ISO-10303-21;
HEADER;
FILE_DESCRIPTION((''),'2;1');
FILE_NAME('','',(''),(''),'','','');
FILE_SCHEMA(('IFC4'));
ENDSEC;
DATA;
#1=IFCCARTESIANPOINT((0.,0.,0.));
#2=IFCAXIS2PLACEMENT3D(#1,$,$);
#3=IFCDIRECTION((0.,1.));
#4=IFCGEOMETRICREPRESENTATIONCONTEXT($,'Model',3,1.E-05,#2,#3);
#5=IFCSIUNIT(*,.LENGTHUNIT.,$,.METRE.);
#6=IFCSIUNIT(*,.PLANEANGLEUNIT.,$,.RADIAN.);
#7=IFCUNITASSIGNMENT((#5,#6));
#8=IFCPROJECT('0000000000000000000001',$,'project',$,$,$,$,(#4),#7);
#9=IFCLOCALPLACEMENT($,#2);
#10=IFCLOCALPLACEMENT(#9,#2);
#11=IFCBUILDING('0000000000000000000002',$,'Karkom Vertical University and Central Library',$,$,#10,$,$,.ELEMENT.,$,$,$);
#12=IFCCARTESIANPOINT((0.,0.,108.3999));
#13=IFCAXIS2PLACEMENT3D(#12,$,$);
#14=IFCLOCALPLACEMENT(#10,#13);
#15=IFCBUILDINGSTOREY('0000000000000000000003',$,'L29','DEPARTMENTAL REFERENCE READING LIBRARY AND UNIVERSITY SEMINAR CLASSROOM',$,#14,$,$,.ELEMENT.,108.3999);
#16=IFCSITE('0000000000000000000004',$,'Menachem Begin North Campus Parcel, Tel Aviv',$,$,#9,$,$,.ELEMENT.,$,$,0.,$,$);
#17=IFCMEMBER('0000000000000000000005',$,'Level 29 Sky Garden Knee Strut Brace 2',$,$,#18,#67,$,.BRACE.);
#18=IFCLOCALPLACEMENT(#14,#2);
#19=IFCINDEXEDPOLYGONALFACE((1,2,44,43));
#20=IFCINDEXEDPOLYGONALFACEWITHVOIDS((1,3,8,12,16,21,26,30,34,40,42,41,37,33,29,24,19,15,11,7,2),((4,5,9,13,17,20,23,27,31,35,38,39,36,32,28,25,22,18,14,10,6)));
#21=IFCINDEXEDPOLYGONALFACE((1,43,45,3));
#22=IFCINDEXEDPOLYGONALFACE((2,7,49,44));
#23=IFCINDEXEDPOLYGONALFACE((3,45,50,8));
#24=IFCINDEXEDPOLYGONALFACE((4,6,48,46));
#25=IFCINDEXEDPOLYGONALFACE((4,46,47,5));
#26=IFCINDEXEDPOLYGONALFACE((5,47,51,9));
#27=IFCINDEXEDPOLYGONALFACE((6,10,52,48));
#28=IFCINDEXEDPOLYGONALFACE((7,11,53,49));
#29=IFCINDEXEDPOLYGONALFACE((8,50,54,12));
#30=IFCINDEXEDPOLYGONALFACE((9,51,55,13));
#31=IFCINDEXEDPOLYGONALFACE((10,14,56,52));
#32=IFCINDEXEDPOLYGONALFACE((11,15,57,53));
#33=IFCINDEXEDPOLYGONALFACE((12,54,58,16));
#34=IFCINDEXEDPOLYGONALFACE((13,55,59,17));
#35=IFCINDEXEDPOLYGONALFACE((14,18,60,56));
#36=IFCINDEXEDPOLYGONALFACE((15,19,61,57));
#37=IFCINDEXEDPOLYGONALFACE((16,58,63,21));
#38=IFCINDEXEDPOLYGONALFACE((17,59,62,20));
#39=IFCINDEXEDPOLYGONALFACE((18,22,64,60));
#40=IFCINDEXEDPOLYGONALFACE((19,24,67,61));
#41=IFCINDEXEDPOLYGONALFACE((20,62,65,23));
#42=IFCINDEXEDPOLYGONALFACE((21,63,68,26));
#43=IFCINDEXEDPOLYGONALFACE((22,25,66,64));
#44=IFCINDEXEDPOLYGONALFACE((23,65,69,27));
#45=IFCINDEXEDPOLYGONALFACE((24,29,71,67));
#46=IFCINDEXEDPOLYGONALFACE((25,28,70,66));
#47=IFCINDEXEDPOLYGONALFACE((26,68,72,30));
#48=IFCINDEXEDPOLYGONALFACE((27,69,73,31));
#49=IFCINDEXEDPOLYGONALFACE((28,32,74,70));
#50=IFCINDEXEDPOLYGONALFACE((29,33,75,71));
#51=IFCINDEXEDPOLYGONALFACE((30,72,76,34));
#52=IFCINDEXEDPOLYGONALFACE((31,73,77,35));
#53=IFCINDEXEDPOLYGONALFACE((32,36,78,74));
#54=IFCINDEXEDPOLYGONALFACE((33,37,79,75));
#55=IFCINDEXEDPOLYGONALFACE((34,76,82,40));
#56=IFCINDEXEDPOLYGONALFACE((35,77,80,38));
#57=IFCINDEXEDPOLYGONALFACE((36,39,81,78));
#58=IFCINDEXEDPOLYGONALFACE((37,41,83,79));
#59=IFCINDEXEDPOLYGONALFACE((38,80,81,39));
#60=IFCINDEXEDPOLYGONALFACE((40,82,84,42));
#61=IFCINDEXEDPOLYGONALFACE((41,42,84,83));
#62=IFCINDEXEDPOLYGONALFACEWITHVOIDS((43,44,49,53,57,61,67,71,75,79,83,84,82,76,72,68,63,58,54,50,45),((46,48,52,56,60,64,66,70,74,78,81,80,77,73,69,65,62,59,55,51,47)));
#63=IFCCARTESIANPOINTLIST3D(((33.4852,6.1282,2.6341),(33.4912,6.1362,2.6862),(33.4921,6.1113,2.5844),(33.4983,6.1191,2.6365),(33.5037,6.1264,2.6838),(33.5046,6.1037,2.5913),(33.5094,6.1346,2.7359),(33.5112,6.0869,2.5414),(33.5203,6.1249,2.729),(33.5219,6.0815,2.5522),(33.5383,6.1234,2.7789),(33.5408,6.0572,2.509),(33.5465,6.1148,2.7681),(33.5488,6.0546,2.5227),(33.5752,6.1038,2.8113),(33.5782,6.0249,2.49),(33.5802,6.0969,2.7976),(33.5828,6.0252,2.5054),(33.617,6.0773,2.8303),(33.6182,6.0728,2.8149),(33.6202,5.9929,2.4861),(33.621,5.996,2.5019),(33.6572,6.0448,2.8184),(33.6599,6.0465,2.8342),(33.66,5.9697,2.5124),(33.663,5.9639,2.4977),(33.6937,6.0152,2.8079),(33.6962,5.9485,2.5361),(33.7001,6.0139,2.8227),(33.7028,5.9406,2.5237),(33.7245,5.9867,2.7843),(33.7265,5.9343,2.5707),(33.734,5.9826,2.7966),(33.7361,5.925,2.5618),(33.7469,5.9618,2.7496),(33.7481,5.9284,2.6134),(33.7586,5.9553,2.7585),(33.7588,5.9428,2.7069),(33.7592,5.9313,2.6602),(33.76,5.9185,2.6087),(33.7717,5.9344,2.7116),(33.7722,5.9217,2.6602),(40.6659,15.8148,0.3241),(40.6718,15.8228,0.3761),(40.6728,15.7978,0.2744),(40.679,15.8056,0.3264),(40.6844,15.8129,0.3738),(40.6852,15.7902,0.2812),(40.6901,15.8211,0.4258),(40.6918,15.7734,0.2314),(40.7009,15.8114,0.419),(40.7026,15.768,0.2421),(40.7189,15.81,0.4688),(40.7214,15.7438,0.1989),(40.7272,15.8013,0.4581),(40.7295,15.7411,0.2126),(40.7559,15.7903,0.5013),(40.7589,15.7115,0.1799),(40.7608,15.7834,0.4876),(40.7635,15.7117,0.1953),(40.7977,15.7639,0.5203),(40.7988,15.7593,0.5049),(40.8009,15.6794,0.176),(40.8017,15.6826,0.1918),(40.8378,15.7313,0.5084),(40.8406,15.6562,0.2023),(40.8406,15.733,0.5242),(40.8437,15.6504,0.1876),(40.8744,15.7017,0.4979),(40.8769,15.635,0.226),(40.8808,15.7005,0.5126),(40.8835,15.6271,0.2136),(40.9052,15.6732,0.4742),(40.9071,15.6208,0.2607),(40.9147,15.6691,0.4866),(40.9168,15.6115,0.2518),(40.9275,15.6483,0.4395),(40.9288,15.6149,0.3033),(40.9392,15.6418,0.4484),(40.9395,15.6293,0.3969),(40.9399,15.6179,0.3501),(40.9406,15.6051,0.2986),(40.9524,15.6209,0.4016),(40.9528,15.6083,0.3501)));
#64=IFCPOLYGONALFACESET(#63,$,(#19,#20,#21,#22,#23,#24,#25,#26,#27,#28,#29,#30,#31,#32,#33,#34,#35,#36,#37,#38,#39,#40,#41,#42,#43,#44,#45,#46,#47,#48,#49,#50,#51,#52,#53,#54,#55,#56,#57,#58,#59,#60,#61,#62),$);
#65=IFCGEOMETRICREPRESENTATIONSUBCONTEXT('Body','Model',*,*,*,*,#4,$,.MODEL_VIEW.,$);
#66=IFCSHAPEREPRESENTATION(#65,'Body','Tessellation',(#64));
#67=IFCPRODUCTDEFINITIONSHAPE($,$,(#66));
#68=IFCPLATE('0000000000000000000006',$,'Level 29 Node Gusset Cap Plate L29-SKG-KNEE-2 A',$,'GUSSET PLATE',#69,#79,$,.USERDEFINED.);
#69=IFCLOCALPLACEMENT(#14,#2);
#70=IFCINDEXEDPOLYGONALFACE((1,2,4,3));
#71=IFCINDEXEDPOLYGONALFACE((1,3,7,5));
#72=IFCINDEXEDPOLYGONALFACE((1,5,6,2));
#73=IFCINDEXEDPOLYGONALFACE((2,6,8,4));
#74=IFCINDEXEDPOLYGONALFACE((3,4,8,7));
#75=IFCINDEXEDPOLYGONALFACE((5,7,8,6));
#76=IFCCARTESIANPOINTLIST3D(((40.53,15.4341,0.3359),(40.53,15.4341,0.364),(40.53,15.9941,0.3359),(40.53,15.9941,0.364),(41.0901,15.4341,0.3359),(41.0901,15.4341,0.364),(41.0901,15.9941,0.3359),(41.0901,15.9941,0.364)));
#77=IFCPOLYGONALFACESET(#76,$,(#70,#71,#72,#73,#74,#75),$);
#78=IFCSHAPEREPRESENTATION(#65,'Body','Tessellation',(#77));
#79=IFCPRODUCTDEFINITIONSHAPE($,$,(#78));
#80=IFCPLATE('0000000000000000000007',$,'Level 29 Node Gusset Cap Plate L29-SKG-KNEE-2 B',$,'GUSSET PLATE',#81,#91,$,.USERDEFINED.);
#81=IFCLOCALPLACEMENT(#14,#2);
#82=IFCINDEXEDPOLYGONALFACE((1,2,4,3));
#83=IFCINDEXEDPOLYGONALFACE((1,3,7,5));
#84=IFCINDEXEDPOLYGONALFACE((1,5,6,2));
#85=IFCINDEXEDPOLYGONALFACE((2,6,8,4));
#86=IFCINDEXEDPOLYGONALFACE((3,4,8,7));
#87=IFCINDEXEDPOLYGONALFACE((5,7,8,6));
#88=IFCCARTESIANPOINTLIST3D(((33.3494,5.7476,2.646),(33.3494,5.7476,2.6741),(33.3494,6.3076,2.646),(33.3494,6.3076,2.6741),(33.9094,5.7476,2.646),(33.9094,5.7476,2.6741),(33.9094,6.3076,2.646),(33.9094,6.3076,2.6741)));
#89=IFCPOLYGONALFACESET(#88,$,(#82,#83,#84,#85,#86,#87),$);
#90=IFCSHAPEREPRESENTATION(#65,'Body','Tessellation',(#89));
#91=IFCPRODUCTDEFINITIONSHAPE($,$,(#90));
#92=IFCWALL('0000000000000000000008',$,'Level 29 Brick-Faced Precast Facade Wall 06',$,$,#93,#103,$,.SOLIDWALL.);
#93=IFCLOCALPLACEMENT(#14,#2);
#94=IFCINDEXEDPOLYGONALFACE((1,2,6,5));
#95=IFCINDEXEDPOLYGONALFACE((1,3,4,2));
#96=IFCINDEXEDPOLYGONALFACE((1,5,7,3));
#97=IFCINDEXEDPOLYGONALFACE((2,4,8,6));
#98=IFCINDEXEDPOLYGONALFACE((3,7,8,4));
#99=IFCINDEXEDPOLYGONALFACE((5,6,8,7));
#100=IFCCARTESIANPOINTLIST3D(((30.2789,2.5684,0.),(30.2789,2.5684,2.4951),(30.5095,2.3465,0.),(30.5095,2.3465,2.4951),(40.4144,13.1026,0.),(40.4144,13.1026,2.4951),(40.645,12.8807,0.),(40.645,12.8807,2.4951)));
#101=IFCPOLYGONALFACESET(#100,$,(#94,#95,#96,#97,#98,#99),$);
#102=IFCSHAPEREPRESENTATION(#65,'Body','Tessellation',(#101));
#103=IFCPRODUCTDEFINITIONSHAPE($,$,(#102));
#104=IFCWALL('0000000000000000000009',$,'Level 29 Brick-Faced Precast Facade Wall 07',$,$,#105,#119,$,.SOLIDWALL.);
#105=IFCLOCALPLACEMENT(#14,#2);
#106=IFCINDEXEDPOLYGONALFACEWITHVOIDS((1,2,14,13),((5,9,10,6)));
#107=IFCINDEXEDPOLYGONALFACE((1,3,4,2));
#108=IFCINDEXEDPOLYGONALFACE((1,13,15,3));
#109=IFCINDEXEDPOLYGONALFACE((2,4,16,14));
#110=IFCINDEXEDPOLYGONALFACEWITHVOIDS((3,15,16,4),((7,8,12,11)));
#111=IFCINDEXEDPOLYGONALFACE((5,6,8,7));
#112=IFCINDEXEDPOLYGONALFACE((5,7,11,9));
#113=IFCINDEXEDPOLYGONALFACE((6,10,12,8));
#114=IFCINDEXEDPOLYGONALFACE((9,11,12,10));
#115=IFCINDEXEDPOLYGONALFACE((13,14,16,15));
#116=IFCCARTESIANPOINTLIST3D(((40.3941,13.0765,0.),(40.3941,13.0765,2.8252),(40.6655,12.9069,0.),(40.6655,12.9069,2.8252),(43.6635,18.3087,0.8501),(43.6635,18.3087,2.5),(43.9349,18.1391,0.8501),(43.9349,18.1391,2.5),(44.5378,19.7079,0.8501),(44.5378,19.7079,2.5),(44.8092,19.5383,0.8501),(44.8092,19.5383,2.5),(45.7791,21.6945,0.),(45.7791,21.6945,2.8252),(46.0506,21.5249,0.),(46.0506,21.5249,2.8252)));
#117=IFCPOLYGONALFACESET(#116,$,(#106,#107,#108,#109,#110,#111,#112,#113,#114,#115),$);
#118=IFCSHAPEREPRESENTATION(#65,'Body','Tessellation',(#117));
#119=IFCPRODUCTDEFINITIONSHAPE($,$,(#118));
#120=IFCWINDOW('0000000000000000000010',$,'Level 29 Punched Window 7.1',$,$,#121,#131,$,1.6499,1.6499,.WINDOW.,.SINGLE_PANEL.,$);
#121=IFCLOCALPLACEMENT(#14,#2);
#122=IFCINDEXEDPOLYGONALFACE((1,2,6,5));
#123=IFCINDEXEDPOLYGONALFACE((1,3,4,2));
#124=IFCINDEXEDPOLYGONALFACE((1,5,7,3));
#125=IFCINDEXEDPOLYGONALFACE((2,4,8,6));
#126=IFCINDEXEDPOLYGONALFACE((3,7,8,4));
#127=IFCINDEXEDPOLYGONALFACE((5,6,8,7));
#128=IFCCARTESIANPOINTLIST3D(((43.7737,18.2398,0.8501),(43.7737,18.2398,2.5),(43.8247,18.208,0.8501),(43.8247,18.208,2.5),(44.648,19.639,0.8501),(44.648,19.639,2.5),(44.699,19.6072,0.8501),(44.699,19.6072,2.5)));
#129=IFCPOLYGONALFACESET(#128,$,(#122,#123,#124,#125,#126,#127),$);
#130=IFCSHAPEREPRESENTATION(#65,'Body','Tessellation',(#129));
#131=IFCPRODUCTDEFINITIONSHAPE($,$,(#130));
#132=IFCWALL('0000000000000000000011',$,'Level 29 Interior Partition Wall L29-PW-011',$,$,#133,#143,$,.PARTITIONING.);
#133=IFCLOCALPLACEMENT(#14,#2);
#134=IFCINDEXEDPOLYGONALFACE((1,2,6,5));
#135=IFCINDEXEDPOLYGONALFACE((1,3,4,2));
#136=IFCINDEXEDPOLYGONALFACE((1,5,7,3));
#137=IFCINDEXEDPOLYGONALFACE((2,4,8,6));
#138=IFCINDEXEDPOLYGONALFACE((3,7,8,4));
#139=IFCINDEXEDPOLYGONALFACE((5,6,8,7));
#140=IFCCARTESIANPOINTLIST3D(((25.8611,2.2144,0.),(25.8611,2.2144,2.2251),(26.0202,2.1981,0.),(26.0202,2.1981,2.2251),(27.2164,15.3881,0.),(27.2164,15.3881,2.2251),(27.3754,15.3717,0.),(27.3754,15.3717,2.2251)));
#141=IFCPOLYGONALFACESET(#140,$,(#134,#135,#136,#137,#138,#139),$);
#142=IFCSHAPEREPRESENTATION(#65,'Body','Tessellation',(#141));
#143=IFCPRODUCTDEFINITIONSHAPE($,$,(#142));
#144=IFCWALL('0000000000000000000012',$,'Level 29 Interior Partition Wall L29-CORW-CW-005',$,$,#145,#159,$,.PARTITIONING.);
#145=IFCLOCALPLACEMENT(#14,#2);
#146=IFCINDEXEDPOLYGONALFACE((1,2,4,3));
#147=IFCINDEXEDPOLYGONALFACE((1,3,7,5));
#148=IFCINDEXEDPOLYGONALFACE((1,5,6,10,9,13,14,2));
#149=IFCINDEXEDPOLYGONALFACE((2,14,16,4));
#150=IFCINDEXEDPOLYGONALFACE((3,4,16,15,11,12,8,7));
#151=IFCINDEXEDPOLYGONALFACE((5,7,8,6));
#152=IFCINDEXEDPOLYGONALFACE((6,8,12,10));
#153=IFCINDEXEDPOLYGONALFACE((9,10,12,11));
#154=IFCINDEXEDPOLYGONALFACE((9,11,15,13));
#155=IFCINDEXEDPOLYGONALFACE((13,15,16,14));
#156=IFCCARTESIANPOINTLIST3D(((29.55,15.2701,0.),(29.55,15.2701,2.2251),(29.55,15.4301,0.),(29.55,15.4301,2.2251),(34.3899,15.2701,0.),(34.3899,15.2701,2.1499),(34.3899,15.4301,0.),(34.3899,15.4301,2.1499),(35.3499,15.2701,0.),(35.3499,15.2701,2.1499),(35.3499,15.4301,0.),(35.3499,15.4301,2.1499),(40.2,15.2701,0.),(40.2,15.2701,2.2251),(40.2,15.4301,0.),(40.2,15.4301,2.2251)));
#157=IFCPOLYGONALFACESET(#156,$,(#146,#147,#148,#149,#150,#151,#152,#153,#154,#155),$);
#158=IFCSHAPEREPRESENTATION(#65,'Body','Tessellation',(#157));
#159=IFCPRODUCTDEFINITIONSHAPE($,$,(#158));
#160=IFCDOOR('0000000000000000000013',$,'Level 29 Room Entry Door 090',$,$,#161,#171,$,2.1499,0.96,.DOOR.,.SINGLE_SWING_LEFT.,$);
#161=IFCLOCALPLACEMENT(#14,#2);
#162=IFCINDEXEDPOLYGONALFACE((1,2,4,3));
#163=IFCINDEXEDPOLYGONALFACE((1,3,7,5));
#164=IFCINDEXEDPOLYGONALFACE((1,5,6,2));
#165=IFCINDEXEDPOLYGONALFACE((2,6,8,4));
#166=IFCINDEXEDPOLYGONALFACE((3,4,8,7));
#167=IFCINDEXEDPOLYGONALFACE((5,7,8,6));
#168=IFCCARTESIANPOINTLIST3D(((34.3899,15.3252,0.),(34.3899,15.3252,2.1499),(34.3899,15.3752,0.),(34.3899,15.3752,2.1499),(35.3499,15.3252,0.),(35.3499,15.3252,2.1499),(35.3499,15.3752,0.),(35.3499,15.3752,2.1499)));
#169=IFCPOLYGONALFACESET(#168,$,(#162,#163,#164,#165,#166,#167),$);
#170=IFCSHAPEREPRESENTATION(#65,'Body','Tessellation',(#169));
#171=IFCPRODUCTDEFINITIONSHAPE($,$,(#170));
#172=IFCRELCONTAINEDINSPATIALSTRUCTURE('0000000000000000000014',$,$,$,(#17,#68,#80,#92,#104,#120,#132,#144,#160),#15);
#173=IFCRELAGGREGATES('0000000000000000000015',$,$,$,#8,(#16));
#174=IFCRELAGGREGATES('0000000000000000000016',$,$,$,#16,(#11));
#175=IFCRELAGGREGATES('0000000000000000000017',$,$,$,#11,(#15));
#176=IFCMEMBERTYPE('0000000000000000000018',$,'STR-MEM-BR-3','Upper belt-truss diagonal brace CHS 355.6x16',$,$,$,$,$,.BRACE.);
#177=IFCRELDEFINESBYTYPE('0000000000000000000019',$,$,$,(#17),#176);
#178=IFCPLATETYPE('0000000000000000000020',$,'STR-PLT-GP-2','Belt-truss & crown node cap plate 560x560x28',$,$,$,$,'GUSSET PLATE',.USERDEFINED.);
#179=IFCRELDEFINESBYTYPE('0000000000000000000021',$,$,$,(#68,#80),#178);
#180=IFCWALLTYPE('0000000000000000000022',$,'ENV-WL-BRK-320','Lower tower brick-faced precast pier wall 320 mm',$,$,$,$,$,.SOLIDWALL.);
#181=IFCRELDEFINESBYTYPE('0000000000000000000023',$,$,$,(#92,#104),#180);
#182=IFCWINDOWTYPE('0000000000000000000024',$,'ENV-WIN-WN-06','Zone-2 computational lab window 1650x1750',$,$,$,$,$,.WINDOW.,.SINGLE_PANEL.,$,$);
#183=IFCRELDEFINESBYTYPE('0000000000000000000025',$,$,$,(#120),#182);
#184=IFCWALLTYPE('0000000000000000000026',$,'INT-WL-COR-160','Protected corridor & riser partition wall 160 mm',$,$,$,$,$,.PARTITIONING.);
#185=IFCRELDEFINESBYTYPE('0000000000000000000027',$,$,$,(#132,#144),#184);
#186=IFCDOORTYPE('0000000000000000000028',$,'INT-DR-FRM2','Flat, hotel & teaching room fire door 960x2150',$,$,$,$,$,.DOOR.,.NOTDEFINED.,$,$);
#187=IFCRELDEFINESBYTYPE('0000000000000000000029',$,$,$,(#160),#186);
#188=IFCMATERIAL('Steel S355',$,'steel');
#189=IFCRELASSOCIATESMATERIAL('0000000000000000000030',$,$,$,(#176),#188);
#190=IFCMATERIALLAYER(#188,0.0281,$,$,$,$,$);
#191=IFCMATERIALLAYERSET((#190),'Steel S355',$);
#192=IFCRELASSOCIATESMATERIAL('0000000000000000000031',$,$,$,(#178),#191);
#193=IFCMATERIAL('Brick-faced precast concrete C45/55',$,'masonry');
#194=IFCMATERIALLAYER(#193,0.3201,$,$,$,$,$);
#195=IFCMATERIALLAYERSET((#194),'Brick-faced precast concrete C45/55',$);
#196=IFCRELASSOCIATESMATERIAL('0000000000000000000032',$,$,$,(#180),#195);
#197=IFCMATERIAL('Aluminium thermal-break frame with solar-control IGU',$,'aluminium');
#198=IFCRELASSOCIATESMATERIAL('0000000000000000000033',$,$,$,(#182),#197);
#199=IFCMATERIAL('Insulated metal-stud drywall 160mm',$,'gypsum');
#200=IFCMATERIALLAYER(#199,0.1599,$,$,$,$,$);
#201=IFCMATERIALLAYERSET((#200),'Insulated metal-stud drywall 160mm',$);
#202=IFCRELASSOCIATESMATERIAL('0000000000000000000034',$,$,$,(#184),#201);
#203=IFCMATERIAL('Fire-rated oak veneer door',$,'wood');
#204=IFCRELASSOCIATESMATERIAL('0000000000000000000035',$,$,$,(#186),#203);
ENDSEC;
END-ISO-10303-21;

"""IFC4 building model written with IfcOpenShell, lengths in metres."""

from ifc_helpers import new_model, si_unit, direction, frame, frame_2d, origin, origin_with_axes, origin_2d, place, context, subcontext, project, spatial, rectangle, hollow_circle, extrude, source, transform, mapped, material, layer, layer_set, material_profile, profile_set, type_object, element, fill, save


model = new_model("IFC4")

# Units and contexts
model_context = context("Model", 3, precision=1e-05, world=origin(), true_north=direction((0.0, 1.0)))
body_context = subcontext(model_context, "Body", "Model", "MODEL_VIEW")
ifc_project = project(units=[si_unit("LENGTHUNIT", "METRE"), si_unit("PLANEANGLEUNIT", "RADIAN")], contexts=[model_context])

# Site, building, storey
site_placement = place(None, origin())
site = spatial("IfcSite", under=ifc_project, at=site_placement, Name="Menachem Begin North Campus Parcel, Tel Aviv", CompositionType="ELEMENT", RefElevation=0.0)
building_placement = place(site_placement, origin())
building = spatial("IfcBuilding", under=site, at=building_placement, Name="Karkom Vertical University and Central Library", CompositionType="ELEMENT")
storey_placement = place(building_placement, frame((0.0, 0.0, 108.3999)))
storey = spatial("IfcBuildingStorey", under=building, at=storey_placement, Name="L29", Description="DEPARTMENTAL REFERENCE READING LIBRARY AND UNIVERSITY SEMINAR CLASSROOM", CompositionType="ELEMENT", Elevation=108.3999)

# Shared definitions
ifc_material_1 = material(Name="Steel S355", Category="steel")

# Member
ifc_material_profile_1 = material_profile(ifc_material_1, hollow_circle(Radius=0.1777, WallThickness=0.0161, at=origin_2d()), Name="CHS 355.6x16")
ifc_profile_set_1 = profile_set([ifc_material_profile_1], Name="Steel S355")
member_type = type_object("IfcMemberType", Name="STR-MEM-BR-3", Description="Upper belt-truss diagonal brace CHS 355.6x16", PredefinedType="BRACE", material=ifc_profile_set_1)
shared_shape_1 = source(origin_with_axes(), body_context, "Body", "SweptSolid", [
    extrude(hollow_circle(Radius=0.1777, WallThickness=0.0161, at=origin_2d()), origin(), (0.0, 0.0, 1.0), 12.2771),
])
member_placement = place(storey_placement, frame((40.8101, 15.7141, 0.3501), z_axis=(-0.584883, -0.788992, 0.18816), x_axis=(0.80334, -0.59552, 0.0)))
element("IfcMember", 1, at=member_placement, inside=storey, type_object=member_type, Name="Level 29 Sky Garden Knee Strut Brace 2", PredefinedType="BRACE", context=body_context, shape_type="MappedRepresentation", body=[
    mapped(shared_shape_1, transform((0.0, 0.0, 0.0), scale=1.0)),
])

# Plates
ifc_layer_1 = layer(ifc_material_1, 0.0281)
ifc_layer_set_1 = layer_set([ifc_layer_1], Name="Steel S355")
plate_type = type_object("IfcPlateType", Name="STR-PLT-GP-2", Description="Belt-truss & crown node cap plate 560x560x28", ElementType="GUSSET PLATE", PredefinedType="USERDEFINED", material=ifc_layer_set_1)
shared_shape_2 = source(origin_with_axes(), body_context, "Body", "SweptSolid", [
    extrude(rectangle(XDim=0.5601, YDim=0.5601, at=origin_2d()), origin(), (0.0, 0.0, 1.0), 0.0281),
])
for number, where, z_axis, x_axis, name in (
    (2, (40.8101, 15.7141, 0.3359), (0.0, 0.0, 1.0), (1.0, 0.0, 0.0), "Level 29 Node Gusset Cap Plate L29-SKG-KNEE-2 A"),
    (3, (33.6294, 6.0276, 2.646), (0.0, 0.0, 1.0), (1.0, 0.0, 0.0), "Level 29 Node Gusset Cap Plate L29-SKG-KNEE-2 B"),
):
    element("IfcPlate", number, at=place(storey_placement, frame(where, z_axis=z_axis, x_axis=x_axis)), inside=storey, type_object=plate_type, Name=name, ObjectType="GUSSET PLATE", PredefinedType="USERDEFINED", context=body_context, shape_type="MappedRepresentation", body=[
        mapped(shared_shape_2, transform((0.0, 0.0, 0.0), scale=1.0)),
    ])

# Wall
ifc_material_2 = material(Name="Brick-faced precast concrete C45/55", Category="masonry")
ifc_layer_2 = layer(ifc_material_2, 0.3201)
ifc_layer_set_2 = layer_set([ifc_layer_2], Name="Brick-faced precast concrete C45/55")
wall_type_1 = type_object("IfcWallType", Name="ENV-WL-BRK-320", Description="Lower tower brick-faced precast pier wall 320 mm", PredefinedType="SOLIDWALL", material=ifc_layer_set_2)
wall_1_placement = place(storey_placement, frame((30.3943, 2.4575, 0.0), z_axis=(0.0, 0.0, 1.0), x_axis=(0.693339, 0.720612, 0.0)))
element("IfcWall", 4, at=wall_1_placement, inside=storey, type_object=wall_type_1, Name="Level 29 Brick-Faced Precast Facade Wall 06", PredefinedType="SOLIDWALL", context=body_context, shape_type="SweptSolid", body=[
    extrude(rectangle(XDim=14.6184, YDim=0.3201, at=frame_2d((7.3091, 0.0))), origin(), (0.0, 0.0, 1.0), 2.4951),
])

# Wall, opening, window
wall_2_placement = place(storey_placement, frame((40.5298, 12.9917, 0.0), z_axis=(0.0, 0.0, 1.0), x_axis=(0.529915, 0.848051, 0.0)))
wall_2 = element("IfcWall", 5, at=wall_2_placement, inside=storey, type_object=wall_type_1, Name="Level 29 Brick-Faced Precast Facade Wall 07", PredefinedType="SOLIDWALL", context=body_context, shape_type="SweptSolid", body=[
    extrude(rectangle(XDim=10.1621, YDim=0.3201, at=frame_2d((5.0811, 0.0))), origin(), (0.0, 0.0, 1.0), 2.8252),
])
opening_1_placement = place(wall_2_placement, frame((6.1697, 0.0, 0.8501)))
opening_1 = element("IfcOpeningElement", 6, at=opening_1_placement, cuts=wall_2, PredefinedType="OPENING", context=body_context, shape_type="SweptSolid", body=[
    extrude(rectangle(XDim=1.6499, YDim=1.6499, at=frame_2d((0.825, 0.825))), frame((0.0, 0.1699, 0.0), z_axis=(0.0, -1.0, 0.0), x_axis=(1.0, 0.0, 0.0)), (0.0, 0.0, 1.0), 0.3401),
])
ifc_material_3 = material(Name="Aluminium thermal-break frame with solar-control IGU", Category="aluminium")
window_type = type_object("IfcWindowType", Name="ENV-WIN-WN-06", Description="Zone-2 computational lab window 1650x1750", PartitioningType="SINGLE_PANEL", PredefinedType="WINDOW", material=ifc_material_3)
shared_shape_3 = source(origin_with_axes(), body_context, "Body", "SweptSolid", [
    extrude(rectangle(XDim=1.6499, YDim=1.6499, at=frame_2d((0.825, 0.825))), frame((0.0, 0.03, 0.0), z_axis=(0.0, -1.0, 0.0), x_axis=(1.0, 0.0, 0.0)), (0.0, 0.0, 1.0), 0.0601),
])
window_placement = place(opening_1_placement, origin())
window = element("IfcWindow", 7, at=window_placement, inside=storey, type_object=window_type, Name="Level 29 Punched Window 7.1", OverallHeight=1.6499, OverallWidth=1.6499, PartitioningType="SINGLE_PANEL", PredefinedType="WINDOW", context=body_context, shape_type="MappedRepresentation", body=[
    mapped(shared_shape_3, transform((0.0, 0.0, 0.0), scale=1.0)),
])
fill(opening_1, window)

# Wall
ifc_material_4 = material(Name="Insulated metal-stud drywall 160mm", Category="gypsum")
ifc_layer_3 = layer(ifc_material_4, 0.1599)
ifc_layer_set_3 = layer_set([ifc_layer_3], Name="Insulated metal-stud drywall 160mm")
wall_type_2 = type_object("IfcWallType", Name="INT-WL-COR-160", Description="Protected corridor & riser partition wall 160 mm", PredefinedType="PARTITIONING", material=ifc_layer_set_3)
wall_3_placement = place(storey_placement, frame((27.2959, 15.3799, 0.0), z_axis=(0.0, 0.0, 1.0), x_axis=(-0.102334, -0.99475, 0.0)))
element("IfcWall", 8, at=wall_3_placement, inside=storey, type_object=wall_type_2, Name="Level 29 Interior Partition Wall L29-PW-011", PredefinedType="PARTITIONING", context=body_context, shape_type="SweptSolid", body=[
    extrude(rectangle(XDim=13.2432, YDim=0.1599, at=frame_2d((6.6216, 0.0))), origin(), (0.0, 0.0, 1.0), 2.2251),
])

# Shared definitions
ifc_material_5 = material(Name="Fire-rated oak veneer door", Category="wood")
door_type_1 = type_object("IfcDoorType", Name="INT-DR-FRM2", Description="Flat, hotel & teaching room fire door 960x2150", OperationType="NOTDEFINED", PredefinedType="DOOR", material=ifc_material_5)
shared_shape_4 = source(origin_with_axes(), body_context, "Body", "SweptSolid", [
    extrude(rectangle(XDim=0.96, YDim=2.1499, at=frame_2d((0.48, 1.075))), frame((0.0, 0.0249, 0.0), z_axis=(0.0, -1.0, 0.0), x_axis=(1.0, 0.0, 0.0)), (0.0, 0.0, 1.0), 0.05),
])

# Wall, opening, door
wall_4_placement = place(storey_placement, frame((40.2, 15.3501, 0.0), z_axis=(0.0, 0.0, 1.0), x_axis=(-1.0, 0.0, 0.0)))
wall_4 = element("IfcWall", 9, at=wall_4_placement, inside=storey, type_object=wall_type_2, Name="Level 29 Interior Partition Wall L29-CORW-CW-005", PredefinedType="PARTITIONING", context=body_context, shape_type="SweptSolid", body=[
    extrude(rectangle(XDim=10.6499, YDim=0.1599, at=frame_2d((5.325, 0.0))), origin(), (0.0, 0.0, 1.0), 2.2251),
])
opening_2_placement = place(wall_4_placement, frame((4.8501, 0.0, 0.0)))
opening_2 = element("IfcOpeningElement", 10, at=opening_2_placement, cuts=wall_4, PredefinedType="OPENING", context=body_context, shape_type="SweptSolid", body=[
    extrude(rectangle(XDim=0.96, YDim=2.1499, at=frame_2d((0.48, 1.075))), frame((0.0, 0.0898, 0.0), z_axis=(0.0, -1.0, 0.0), x_axis=(1.0, 0.0, 0.0)), (0.0, 0.0, 1.0), 0.1799),
])
door_1_placement = place(opening_2_placement, origin())
door_1 = element("IfcDoor", 11, at=door_1_placement, inside=storey, type_object=door_type_1, Name="Level 29 Room Entry Door 090", OperationType="SINGLE_SWING_LEFT", OverallHeight=2.1499, OverallWidth=0.96, PredefinedType="DOOR", context=body_context, shape_type="MappedRepresentation", body=[
    mapped(shared_shape_4, transform((0.0, 0.0, 0.0), scale=1.0)),
])
fill(opening_2, door_1)

save(model, "model.ifc")
